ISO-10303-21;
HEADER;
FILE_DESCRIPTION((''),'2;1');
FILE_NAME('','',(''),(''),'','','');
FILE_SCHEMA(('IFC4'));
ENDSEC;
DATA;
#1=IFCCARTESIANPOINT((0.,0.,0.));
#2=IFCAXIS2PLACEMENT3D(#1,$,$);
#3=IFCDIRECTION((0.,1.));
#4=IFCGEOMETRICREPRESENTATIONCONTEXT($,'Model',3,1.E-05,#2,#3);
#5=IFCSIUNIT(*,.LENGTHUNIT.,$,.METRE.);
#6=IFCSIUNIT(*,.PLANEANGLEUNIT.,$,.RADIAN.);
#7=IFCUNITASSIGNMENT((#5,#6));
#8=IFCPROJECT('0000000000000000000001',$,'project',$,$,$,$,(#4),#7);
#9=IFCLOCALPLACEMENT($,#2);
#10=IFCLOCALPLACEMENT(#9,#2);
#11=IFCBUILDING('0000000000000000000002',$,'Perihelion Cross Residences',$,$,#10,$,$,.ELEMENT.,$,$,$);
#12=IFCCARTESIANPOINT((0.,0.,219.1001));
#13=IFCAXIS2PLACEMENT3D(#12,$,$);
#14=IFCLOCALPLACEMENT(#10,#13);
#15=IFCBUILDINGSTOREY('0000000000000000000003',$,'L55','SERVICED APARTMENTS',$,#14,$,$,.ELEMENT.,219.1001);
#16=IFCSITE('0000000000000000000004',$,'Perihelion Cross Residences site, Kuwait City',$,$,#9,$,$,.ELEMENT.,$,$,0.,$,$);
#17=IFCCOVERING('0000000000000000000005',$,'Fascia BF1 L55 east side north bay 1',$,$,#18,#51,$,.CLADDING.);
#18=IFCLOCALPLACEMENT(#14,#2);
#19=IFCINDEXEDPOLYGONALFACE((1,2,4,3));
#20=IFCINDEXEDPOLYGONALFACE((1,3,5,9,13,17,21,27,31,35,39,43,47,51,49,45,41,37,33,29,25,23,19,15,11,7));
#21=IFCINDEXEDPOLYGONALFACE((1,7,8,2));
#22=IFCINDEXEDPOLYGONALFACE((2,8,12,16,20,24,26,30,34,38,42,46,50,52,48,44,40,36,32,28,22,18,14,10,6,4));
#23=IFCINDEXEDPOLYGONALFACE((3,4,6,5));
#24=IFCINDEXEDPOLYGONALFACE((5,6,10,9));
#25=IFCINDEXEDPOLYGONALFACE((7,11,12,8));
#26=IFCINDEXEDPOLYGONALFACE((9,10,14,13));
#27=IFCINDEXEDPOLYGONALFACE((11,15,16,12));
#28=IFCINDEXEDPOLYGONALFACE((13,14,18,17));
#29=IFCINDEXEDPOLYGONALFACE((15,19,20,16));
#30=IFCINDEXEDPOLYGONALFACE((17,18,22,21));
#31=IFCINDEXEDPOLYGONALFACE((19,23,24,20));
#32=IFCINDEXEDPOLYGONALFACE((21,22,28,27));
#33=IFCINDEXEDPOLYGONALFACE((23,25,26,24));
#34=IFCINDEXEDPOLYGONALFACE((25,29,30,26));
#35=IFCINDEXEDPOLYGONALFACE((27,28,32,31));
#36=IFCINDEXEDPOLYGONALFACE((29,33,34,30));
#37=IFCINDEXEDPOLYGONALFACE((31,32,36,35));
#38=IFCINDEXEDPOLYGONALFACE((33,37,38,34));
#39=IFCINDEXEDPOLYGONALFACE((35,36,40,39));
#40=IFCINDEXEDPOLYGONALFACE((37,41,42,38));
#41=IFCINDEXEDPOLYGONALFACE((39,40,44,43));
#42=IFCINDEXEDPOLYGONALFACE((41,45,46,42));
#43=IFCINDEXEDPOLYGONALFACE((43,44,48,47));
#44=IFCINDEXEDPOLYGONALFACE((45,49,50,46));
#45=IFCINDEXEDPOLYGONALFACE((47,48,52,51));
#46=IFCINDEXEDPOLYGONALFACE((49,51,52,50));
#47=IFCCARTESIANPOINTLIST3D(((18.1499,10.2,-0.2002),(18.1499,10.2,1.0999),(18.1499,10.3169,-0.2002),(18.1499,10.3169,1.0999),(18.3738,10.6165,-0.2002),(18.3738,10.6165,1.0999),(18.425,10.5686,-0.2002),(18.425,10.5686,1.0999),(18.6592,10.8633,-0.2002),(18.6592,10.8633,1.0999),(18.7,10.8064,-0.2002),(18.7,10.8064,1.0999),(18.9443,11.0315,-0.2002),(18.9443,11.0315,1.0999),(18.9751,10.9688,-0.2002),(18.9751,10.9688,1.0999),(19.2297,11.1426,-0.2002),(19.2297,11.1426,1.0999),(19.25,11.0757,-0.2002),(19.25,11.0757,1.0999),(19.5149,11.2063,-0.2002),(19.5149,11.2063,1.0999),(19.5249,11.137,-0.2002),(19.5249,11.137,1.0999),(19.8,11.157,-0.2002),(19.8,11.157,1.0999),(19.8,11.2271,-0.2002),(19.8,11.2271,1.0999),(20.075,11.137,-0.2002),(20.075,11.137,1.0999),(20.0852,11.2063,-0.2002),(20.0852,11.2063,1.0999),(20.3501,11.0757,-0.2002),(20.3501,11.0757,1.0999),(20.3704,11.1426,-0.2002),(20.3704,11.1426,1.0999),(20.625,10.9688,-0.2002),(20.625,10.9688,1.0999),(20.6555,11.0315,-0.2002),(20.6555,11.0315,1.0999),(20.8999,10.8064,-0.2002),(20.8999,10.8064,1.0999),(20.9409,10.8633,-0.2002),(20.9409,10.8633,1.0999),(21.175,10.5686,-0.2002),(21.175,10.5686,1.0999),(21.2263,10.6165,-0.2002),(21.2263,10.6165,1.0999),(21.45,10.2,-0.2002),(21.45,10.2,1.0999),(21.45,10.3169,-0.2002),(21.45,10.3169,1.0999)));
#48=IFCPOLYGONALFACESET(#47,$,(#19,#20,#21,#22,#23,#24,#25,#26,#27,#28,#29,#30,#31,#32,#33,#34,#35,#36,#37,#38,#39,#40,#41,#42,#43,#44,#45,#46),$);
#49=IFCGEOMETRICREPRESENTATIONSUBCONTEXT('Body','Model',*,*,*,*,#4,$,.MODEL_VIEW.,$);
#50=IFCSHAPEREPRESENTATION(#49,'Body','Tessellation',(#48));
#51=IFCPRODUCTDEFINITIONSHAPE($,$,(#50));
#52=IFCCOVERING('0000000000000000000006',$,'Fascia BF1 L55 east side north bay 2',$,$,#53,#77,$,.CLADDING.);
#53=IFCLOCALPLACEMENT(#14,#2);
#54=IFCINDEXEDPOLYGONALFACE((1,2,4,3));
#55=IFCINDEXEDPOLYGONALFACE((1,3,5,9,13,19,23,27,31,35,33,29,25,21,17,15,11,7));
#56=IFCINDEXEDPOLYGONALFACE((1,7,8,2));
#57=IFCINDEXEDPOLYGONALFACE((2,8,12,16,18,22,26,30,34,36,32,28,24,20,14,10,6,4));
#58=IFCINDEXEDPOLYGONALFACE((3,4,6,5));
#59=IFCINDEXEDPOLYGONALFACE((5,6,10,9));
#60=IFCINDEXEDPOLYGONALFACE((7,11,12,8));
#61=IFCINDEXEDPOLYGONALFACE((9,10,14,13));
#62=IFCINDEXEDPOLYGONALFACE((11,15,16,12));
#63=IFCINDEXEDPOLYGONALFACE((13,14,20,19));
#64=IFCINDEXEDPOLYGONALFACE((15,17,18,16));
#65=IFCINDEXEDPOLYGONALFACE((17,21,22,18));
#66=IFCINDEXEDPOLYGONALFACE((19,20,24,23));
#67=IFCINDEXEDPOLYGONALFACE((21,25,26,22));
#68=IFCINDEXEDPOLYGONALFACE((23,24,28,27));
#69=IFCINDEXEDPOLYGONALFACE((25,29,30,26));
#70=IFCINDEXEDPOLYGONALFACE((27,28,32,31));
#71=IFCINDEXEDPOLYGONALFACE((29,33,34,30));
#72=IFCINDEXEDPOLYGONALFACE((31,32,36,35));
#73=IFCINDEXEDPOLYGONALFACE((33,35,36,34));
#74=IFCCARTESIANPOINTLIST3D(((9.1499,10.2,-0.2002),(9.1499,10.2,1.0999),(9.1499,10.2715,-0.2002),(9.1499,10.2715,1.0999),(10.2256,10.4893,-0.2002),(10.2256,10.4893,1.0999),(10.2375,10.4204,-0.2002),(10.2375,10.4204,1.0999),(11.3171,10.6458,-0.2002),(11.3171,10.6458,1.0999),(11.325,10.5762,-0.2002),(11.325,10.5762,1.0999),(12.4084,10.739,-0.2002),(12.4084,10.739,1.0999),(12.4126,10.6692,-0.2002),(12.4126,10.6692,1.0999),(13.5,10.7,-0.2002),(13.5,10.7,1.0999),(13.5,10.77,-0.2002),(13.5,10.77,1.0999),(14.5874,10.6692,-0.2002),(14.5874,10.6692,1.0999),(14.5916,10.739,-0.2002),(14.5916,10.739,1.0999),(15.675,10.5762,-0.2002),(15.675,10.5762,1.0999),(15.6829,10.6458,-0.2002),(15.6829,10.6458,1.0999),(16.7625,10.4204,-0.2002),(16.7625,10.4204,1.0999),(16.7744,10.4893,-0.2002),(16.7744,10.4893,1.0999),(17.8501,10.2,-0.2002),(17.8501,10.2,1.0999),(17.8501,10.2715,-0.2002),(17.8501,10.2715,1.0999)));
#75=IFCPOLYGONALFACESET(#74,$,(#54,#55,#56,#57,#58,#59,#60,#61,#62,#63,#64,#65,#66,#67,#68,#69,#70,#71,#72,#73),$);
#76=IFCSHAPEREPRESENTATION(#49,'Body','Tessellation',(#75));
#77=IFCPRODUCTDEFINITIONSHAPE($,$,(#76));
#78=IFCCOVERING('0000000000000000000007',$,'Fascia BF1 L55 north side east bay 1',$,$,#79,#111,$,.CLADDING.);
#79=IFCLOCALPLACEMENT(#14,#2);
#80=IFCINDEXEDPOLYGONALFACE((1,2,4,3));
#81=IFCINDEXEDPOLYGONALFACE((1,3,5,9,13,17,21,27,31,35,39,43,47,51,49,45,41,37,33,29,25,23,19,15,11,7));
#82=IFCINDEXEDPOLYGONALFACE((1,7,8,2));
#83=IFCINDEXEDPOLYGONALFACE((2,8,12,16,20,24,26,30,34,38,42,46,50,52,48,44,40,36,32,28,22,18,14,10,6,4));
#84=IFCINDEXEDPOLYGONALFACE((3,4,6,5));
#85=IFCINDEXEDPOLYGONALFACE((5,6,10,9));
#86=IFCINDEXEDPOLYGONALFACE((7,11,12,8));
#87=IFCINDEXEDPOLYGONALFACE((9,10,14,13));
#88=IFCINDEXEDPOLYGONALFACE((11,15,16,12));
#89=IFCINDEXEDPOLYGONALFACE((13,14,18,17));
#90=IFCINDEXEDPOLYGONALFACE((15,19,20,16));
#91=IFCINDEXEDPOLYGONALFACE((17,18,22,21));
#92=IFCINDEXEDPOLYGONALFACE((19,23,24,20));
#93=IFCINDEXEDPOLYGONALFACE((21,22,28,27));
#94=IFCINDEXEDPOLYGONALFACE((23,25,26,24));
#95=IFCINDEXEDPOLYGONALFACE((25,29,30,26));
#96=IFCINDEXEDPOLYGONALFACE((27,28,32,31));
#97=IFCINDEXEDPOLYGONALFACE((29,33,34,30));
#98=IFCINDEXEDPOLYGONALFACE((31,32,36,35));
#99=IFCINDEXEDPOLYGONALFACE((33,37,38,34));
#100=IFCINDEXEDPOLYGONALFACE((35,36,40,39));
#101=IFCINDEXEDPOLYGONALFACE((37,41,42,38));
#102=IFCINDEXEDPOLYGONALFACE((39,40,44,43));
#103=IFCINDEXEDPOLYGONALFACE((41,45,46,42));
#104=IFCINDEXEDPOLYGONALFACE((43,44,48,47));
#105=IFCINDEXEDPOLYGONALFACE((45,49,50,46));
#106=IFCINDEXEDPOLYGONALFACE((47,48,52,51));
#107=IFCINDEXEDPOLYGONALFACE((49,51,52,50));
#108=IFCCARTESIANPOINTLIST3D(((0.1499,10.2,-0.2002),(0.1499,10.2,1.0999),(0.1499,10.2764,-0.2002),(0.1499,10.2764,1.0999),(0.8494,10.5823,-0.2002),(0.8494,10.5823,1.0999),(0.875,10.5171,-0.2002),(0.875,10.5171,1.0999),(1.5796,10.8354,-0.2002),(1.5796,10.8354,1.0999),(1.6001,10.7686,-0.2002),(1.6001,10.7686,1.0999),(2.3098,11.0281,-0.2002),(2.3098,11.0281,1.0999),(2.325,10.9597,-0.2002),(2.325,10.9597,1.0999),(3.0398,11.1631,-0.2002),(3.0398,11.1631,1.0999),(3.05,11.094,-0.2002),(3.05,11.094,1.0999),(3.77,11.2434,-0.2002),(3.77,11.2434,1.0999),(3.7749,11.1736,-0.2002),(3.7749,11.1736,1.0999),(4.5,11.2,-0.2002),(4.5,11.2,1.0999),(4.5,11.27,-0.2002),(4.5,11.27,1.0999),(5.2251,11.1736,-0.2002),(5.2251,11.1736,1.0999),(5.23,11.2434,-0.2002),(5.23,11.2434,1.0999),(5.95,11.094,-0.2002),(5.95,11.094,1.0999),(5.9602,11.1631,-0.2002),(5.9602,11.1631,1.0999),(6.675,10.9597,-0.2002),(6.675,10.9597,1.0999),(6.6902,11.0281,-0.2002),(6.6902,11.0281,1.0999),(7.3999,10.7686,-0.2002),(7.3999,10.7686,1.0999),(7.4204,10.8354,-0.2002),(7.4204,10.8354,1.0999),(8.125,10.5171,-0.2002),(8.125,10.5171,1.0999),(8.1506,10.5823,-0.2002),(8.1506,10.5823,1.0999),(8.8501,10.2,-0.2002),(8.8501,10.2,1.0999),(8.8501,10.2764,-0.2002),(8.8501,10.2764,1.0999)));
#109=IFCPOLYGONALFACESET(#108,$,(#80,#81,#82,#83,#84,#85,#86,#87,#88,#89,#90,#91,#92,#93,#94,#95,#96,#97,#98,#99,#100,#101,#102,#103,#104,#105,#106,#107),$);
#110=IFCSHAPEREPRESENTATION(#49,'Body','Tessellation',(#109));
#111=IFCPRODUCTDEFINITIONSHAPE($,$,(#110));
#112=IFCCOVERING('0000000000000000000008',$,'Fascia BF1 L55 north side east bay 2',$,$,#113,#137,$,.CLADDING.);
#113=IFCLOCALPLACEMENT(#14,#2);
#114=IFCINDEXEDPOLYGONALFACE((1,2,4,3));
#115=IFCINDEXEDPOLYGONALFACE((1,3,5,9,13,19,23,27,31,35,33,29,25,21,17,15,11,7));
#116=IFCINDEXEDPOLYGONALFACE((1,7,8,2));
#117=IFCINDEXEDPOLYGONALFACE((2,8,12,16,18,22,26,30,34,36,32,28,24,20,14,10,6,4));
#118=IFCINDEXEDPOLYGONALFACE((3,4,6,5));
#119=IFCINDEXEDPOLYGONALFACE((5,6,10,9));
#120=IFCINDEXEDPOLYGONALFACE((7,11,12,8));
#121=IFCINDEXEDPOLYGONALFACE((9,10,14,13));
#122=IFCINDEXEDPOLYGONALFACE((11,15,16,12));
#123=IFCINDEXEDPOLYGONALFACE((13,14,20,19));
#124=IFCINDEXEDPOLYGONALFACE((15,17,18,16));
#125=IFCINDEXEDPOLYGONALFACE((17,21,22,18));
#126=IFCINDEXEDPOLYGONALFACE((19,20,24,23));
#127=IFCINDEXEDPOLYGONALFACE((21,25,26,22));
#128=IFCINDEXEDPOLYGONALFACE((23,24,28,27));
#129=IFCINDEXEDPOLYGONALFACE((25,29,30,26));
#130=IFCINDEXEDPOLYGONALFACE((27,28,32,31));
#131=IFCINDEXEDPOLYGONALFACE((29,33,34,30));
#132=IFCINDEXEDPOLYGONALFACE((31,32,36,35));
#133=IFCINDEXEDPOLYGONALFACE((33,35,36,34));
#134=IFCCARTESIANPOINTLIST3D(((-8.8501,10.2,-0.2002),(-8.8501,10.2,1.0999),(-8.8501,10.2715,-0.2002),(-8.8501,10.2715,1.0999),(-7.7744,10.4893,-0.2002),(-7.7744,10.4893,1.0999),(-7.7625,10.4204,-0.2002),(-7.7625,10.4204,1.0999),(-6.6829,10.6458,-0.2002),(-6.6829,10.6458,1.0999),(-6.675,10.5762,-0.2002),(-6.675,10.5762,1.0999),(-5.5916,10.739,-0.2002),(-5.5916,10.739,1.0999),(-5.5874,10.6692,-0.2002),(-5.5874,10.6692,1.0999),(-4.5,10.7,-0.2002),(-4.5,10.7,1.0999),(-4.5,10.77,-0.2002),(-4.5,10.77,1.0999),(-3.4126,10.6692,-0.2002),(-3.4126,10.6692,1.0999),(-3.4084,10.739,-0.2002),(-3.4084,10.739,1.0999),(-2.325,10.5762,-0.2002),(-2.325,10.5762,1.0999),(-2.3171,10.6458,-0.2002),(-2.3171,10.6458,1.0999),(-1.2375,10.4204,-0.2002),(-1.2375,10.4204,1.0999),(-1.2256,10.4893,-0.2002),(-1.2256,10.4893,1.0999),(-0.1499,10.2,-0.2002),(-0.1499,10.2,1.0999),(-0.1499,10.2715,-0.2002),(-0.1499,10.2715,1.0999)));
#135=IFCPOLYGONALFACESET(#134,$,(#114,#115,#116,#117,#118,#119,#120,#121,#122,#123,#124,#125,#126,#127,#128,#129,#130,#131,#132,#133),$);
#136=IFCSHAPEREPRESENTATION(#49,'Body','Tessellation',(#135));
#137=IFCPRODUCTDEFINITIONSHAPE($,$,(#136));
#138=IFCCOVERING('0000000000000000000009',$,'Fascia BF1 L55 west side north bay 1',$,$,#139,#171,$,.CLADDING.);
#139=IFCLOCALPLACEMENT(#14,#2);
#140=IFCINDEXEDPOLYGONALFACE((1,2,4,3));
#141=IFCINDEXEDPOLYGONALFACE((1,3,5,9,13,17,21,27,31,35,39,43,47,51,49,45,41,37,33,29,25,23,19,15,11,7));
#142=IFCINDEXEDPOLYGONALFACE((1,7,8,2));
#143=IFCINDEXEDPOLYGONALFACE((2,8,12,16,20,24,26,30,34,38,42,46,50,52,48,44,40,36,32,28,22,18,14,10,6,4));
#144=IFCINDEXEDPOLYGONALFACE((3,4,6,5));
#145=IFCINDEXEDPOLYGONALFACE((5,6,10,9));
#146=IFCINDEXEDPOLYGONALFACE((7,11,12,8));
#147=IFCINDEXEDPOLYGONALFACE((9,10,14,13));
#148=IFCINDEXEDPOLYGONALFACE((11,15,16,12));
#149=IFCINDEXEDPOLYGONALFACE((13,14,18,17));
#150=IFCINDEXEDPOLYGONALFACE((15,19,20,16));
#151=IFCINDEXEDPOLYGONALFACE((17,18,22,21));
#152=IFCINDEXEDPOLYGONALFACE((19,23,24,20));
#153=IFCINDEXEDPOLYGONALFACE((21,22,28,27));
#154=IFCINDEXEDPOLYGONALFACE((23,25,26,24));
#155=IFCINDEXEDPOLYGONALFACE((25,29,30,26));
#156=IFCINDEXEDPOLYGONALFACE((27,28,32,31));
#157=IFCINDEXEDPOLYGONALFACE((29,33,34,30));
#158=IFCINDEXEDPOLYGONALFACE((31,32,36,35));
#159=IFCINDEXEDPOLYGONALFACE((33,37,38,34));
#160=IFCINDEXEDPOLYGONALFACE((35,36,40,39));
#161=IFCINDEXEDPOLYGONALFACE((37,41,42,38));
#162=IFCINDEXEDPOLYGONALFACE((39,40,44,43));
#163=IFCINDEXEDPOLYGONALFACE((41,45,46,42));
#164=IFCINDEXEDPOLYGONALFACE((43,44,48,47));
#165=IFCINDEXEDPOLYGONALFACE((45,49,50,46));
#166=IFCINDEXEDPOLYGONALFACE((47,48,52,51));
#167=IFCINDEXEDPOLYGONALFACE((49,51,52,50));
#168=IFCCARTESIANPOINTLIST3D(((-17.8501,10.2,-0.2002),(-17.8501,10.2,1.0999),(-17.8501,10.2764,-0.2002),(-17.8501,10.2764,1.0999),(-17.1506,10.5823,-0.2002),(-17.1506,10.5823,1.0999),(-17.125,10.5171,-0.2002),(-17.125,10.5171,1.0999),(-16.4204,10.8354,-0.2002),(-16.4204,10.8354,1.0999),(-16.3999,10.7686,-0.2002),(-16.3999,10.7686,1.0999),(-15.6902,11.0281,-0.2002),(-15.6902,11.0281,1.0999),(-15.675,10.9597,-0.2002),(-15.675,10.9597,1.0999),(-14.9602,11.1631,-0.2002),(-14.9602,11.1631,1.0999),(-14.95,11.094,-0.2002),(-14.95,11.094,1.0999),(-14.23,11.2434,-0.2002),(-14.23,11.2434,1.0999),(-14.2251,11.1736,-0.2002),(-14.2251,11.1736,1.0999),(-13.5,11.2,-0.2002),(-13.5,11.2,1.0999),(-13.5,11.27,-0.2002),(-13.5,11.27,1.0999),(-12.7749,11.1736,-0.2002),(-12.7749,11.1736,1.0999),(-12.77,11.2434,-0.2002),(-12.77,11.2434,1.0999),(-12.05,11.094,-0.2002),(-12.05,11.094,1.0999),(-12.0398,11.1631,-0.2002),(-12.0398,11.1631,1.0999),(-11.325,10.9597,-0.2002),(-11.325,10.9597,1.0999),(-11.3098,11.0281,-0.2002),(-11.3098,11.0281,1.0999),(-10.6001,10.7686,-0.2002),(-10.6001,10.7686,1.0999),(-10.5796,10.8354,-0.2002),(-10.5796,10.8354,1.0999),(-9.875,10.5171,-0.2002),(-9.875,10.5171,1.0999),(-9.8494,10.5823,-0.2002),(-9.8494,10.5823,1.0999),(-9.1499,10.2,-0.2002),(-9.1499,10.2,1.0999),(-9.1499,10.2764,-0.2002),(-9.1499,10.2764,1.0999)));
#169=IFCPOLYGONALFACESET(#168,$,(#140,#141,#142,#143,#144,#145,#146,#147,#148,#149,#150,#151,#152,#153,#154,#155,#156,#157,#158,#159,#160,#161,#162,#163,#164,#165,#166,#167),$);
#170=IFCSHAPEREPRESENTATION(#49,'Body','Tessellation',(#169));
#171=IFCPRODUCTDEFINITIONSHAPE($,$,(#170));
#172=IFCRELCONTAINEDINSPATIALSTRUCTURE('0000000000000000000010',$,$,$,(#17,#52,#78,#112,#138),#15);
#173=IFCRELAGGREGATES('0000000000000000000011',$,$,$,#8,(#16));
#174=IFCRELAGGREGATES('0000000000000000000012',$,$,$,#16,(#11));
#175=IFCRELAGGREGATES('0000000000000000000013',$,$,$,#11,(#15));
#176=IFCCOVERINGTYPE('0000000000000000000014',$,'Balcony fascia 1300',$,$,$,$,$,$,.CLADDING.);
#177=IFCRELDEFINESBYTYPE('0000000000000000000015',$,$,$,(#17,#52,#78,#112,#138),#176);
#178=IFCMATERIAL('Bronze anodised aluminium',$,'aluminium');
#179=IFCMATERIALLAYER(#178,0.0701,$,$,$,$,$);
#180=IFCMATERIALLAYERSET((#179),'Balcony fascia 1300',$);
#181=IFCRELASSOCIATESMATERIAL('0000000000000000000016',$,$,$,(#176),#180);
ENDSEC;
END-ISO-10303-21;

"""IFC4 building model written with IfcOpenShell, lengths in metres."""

from ifc_helpers import new_model, si_unit, direction, frame, origin, place, context, subcontext, project, spatial, polyline, outline, extrude, material, layer, layer_set, type_object, element, save


model = new_model("IFC4")

# Units and contexts
model_context = context("Model", 3, precision=1e-05, world=origin(), true_north=direction((0.0, 1.0)))
body_context = subcontext(model_context, "Body", "Model", "MODEL_VIEW")
ifc_project = project(units=[si_unit("LENGTHUNIT", "METRE"), si_unit("PLANEANGLEUNIT", "RADIAN")], contexts=[model_context])

# Site, building, storey
site_placement = place(None, origin())
site = spatial("IfcSite", under=ifc_project, at=site_placement, Name="Perihelion Cross Residences site, Kuwait City", CompositionType="ELEMENT", RefElevation=0.0)
building_placement = place(site_placement, origin())
building = spatial("IfcBuilding", under=site, at=building_placement, Name="Perihelion Cross Residences", CompositionType="ELEMENT")
storey_placement = place(building_placement, frame((0.0, 0.0, 219.1001)))
storey = spatial("IfcBuildingStorey", under=building, at=storey_placement, Name="L55", Description="SERVICED APARTMENTS", CompositionType="ELEMENT", Elevation=219.1001)

# Coverings
ifc_material_1 = material(Name="Bronze anodised aluminium", Category="aluminium")
ifc_layer_1 = layer(ifc_material_1, 0.0701)
ifc_layer_set_1 = layer_set([ifc_layer_1], Name="Balcony fascia 1300")
covering_type = type_object("IfcCoveringType", Name="Balcony fascia 1300", PredefinedType="CLADDING", material=ifc_layer_set_1)
covering_1_placement = place(storey_placement, frame((0.0, 0.0, -0.2002)))
element("IfcCovering", 1, at=covering_1_placement, inside=storey, type_object=covering_type, Name="Fascia BF1 L55 east side north bay 1", PredefinedType="CLADDING", context=body_context, shape_type="SweptSolid", body=[
    extrude(outline(polyline([(21.2263, 10.6165), (20.9409, 10.8633), (20.6555, 11.0315), (20.3704, 11.1426), (20.0852, 11.2063), (19.8, 11.2271), (19.5149, 11.2063), (19.2297, 11.1426), (18.9443, 11.0315), (18.6592, 10.8633), (18.3738, 10.6165), (18.1499, 10.3169), (18.1499, 10.2), (18.425, 10.5686), (18.7, 10.8064), (18.9751, 10.9688), (19.25, 11.0757), (19.5249, 11.137), (19.8, 11.157), (20.075, 11.137), (20.3501, 11.0757), (20.625, 10.9688), (20.8999, 10.8064), (21.175, 10.5686), (21.45, 10.2), (21.45, 10.3169), (21.2263, 10.6165)])), origin(), (0.0, 0.0, 1.0), 1.3),
])
covering_2_placement = place(storey_placement, frame((0.0, 0.0, -0.2002)))
element("IfcCovering", 2, at=covering_2_placement, inside=storey, type_object=covering_type, Name="Fascia BF1 L55 east side north bay 2", PredefinedType="CLADDING", context=body_context, shape_type="SweptSolid", body=[
    extrude(outline(polyline([(16.7744, 10.4893), (15.6829, 10.6458), (14.5916, 10.739), (13.5, 10.77), (12.4084, 10.739), (11.3171, 10.6458), (10.2256, 10.4893), (9.1499, 10.2715), (9.1499, 10.2), (10.2375, 10.4204), (11.325, 10.5762), (12.4126, 10.6692), (13.5, 10.7), (14.5874, 10.6692), (15.675, 10.5762), (16.7625, 10.4204), (17.8501, 10.2), (17.8501, 10.2715), (16.7744, 10.4893)])), origin(), (0.0, 0.0, 1.0), 1.3),
])
covering_3_placement = place(storey_placement, frame((0.0, 0.0, -0.2002)))
element("IfcCovering", 3, at=covering_3_placement, inside=storey, type_object=covering_type, Name="Fascia BF1 L55 north side east bay 1", PredefinedType="CLADDING", context=body_context, shape_type="SweptSolid", body=[
    extrude(outline(polyline([(8.1506, 10.5823), (7.4204, 10.8354), (6.6902, 11.0281), (5.9602, 11.1631), (5.23, 11.2434), (4.5, 11.27), (3.77, 11.2434), (3.0398, 11.1631), (2.3098, 11.0281), (1.5796, 10.8354), (0.8494, 10.5823), (0.1499, 10.2764), (0.1499, 10.2), (0.875, 10.5171), (1.6001, 10.7686), (2.325, 10.9597), (3.05, 11.094), (3.7749, 11.1736), (4.5, 11.2), (5.2251, 11.1736), (5.95, 11.094), (6.675, 10.9597), (7.3999, 10.7686), (8.125, 10.5171), (8.8501, 10.2), (8.8501, 10.2764), (8.1506, 10.5823)])), origin(), (0.0, 0.0, 1.0), 1.3),
])
covering_4_placement = place(storey_placement, frame((0.0, 0.0, -0.2002)))
element("IfcCovering", 4, at=covering_4_placement, inside=storey, type_object=covering_type, Name="Fascia BF1 L55 north side east bay 2", PredefinedType="CLADDING", context=body_context, shape_type="SweptSolid", body=[
    extrude(outline(polyline([(-1.2256, 10.4893), (-2.3171, 10.6458), (-3.4084, 10.739), (-4.5, 10.77), (-5.5916, 10.739), (-6.6829, 10.6458), (-7.7744, 10.4893), (-8.8501, 10.2715), (-8.8501, 10.2), (-7.7625, 10.4204), (-6.675, 10.5762), (-5.5874, 10.6692), (-4.5, 10.7), (-3.4126, 10.6692), (-2.325, 10.5762), (-1.2375, 10.4204), (-0.1499, 10.2), (-0.1499, 10.2715), (-1.2256, 10.4893)])), origin(), (0.0, 0.0, 1.0), 1.3),
])
covering_5_placement = place(storey_placement, frame((0.0, 0.0, -0.2002)))
element("IfcCovering", 5, at=covering_5_placement, inside=storey, type_object=covering_type, Name="Fascia BF1 L55 west side north bay 1", PredefinedType="CLADDING", context=body_context, shape_type="SweptSolid", body=[
    extrude(outline(polyline([(-9.8494, 10.5823), (-10.5796, 10.8354), (-11.3098, 11.0281), (-12.0398, 11.1631), (-12.77, 11.2434), (-13.5, 11.27), (-14.23, 11.2434), (-14.9602, 11.1631), (-15.6902, 11.0281), (-16.4204, 10.8354), (-17.1506, 10.5823), (-17.8501, 10.2764), (-17.8501, 10.2), (-17.125, 10.5171), (-16.3999, 10.7686), (-15.675, 10.9597), (-14.95, 11.094), (-14.2251, 11.1736), (-13.5, 11.2), (-12.7749, 11.1736), (-12.05, 11.094), (-11.325, 10.9597), (-10.6001, 10.7686), (-9.875, 10.5171), (-9.1499, 10.2), (-9.1499, 10.2764), (-9.8494, 10.5823)])), origin(), (0.0, 0.0, 1.0), 1.3),
])

save(model, "model.ifc")
